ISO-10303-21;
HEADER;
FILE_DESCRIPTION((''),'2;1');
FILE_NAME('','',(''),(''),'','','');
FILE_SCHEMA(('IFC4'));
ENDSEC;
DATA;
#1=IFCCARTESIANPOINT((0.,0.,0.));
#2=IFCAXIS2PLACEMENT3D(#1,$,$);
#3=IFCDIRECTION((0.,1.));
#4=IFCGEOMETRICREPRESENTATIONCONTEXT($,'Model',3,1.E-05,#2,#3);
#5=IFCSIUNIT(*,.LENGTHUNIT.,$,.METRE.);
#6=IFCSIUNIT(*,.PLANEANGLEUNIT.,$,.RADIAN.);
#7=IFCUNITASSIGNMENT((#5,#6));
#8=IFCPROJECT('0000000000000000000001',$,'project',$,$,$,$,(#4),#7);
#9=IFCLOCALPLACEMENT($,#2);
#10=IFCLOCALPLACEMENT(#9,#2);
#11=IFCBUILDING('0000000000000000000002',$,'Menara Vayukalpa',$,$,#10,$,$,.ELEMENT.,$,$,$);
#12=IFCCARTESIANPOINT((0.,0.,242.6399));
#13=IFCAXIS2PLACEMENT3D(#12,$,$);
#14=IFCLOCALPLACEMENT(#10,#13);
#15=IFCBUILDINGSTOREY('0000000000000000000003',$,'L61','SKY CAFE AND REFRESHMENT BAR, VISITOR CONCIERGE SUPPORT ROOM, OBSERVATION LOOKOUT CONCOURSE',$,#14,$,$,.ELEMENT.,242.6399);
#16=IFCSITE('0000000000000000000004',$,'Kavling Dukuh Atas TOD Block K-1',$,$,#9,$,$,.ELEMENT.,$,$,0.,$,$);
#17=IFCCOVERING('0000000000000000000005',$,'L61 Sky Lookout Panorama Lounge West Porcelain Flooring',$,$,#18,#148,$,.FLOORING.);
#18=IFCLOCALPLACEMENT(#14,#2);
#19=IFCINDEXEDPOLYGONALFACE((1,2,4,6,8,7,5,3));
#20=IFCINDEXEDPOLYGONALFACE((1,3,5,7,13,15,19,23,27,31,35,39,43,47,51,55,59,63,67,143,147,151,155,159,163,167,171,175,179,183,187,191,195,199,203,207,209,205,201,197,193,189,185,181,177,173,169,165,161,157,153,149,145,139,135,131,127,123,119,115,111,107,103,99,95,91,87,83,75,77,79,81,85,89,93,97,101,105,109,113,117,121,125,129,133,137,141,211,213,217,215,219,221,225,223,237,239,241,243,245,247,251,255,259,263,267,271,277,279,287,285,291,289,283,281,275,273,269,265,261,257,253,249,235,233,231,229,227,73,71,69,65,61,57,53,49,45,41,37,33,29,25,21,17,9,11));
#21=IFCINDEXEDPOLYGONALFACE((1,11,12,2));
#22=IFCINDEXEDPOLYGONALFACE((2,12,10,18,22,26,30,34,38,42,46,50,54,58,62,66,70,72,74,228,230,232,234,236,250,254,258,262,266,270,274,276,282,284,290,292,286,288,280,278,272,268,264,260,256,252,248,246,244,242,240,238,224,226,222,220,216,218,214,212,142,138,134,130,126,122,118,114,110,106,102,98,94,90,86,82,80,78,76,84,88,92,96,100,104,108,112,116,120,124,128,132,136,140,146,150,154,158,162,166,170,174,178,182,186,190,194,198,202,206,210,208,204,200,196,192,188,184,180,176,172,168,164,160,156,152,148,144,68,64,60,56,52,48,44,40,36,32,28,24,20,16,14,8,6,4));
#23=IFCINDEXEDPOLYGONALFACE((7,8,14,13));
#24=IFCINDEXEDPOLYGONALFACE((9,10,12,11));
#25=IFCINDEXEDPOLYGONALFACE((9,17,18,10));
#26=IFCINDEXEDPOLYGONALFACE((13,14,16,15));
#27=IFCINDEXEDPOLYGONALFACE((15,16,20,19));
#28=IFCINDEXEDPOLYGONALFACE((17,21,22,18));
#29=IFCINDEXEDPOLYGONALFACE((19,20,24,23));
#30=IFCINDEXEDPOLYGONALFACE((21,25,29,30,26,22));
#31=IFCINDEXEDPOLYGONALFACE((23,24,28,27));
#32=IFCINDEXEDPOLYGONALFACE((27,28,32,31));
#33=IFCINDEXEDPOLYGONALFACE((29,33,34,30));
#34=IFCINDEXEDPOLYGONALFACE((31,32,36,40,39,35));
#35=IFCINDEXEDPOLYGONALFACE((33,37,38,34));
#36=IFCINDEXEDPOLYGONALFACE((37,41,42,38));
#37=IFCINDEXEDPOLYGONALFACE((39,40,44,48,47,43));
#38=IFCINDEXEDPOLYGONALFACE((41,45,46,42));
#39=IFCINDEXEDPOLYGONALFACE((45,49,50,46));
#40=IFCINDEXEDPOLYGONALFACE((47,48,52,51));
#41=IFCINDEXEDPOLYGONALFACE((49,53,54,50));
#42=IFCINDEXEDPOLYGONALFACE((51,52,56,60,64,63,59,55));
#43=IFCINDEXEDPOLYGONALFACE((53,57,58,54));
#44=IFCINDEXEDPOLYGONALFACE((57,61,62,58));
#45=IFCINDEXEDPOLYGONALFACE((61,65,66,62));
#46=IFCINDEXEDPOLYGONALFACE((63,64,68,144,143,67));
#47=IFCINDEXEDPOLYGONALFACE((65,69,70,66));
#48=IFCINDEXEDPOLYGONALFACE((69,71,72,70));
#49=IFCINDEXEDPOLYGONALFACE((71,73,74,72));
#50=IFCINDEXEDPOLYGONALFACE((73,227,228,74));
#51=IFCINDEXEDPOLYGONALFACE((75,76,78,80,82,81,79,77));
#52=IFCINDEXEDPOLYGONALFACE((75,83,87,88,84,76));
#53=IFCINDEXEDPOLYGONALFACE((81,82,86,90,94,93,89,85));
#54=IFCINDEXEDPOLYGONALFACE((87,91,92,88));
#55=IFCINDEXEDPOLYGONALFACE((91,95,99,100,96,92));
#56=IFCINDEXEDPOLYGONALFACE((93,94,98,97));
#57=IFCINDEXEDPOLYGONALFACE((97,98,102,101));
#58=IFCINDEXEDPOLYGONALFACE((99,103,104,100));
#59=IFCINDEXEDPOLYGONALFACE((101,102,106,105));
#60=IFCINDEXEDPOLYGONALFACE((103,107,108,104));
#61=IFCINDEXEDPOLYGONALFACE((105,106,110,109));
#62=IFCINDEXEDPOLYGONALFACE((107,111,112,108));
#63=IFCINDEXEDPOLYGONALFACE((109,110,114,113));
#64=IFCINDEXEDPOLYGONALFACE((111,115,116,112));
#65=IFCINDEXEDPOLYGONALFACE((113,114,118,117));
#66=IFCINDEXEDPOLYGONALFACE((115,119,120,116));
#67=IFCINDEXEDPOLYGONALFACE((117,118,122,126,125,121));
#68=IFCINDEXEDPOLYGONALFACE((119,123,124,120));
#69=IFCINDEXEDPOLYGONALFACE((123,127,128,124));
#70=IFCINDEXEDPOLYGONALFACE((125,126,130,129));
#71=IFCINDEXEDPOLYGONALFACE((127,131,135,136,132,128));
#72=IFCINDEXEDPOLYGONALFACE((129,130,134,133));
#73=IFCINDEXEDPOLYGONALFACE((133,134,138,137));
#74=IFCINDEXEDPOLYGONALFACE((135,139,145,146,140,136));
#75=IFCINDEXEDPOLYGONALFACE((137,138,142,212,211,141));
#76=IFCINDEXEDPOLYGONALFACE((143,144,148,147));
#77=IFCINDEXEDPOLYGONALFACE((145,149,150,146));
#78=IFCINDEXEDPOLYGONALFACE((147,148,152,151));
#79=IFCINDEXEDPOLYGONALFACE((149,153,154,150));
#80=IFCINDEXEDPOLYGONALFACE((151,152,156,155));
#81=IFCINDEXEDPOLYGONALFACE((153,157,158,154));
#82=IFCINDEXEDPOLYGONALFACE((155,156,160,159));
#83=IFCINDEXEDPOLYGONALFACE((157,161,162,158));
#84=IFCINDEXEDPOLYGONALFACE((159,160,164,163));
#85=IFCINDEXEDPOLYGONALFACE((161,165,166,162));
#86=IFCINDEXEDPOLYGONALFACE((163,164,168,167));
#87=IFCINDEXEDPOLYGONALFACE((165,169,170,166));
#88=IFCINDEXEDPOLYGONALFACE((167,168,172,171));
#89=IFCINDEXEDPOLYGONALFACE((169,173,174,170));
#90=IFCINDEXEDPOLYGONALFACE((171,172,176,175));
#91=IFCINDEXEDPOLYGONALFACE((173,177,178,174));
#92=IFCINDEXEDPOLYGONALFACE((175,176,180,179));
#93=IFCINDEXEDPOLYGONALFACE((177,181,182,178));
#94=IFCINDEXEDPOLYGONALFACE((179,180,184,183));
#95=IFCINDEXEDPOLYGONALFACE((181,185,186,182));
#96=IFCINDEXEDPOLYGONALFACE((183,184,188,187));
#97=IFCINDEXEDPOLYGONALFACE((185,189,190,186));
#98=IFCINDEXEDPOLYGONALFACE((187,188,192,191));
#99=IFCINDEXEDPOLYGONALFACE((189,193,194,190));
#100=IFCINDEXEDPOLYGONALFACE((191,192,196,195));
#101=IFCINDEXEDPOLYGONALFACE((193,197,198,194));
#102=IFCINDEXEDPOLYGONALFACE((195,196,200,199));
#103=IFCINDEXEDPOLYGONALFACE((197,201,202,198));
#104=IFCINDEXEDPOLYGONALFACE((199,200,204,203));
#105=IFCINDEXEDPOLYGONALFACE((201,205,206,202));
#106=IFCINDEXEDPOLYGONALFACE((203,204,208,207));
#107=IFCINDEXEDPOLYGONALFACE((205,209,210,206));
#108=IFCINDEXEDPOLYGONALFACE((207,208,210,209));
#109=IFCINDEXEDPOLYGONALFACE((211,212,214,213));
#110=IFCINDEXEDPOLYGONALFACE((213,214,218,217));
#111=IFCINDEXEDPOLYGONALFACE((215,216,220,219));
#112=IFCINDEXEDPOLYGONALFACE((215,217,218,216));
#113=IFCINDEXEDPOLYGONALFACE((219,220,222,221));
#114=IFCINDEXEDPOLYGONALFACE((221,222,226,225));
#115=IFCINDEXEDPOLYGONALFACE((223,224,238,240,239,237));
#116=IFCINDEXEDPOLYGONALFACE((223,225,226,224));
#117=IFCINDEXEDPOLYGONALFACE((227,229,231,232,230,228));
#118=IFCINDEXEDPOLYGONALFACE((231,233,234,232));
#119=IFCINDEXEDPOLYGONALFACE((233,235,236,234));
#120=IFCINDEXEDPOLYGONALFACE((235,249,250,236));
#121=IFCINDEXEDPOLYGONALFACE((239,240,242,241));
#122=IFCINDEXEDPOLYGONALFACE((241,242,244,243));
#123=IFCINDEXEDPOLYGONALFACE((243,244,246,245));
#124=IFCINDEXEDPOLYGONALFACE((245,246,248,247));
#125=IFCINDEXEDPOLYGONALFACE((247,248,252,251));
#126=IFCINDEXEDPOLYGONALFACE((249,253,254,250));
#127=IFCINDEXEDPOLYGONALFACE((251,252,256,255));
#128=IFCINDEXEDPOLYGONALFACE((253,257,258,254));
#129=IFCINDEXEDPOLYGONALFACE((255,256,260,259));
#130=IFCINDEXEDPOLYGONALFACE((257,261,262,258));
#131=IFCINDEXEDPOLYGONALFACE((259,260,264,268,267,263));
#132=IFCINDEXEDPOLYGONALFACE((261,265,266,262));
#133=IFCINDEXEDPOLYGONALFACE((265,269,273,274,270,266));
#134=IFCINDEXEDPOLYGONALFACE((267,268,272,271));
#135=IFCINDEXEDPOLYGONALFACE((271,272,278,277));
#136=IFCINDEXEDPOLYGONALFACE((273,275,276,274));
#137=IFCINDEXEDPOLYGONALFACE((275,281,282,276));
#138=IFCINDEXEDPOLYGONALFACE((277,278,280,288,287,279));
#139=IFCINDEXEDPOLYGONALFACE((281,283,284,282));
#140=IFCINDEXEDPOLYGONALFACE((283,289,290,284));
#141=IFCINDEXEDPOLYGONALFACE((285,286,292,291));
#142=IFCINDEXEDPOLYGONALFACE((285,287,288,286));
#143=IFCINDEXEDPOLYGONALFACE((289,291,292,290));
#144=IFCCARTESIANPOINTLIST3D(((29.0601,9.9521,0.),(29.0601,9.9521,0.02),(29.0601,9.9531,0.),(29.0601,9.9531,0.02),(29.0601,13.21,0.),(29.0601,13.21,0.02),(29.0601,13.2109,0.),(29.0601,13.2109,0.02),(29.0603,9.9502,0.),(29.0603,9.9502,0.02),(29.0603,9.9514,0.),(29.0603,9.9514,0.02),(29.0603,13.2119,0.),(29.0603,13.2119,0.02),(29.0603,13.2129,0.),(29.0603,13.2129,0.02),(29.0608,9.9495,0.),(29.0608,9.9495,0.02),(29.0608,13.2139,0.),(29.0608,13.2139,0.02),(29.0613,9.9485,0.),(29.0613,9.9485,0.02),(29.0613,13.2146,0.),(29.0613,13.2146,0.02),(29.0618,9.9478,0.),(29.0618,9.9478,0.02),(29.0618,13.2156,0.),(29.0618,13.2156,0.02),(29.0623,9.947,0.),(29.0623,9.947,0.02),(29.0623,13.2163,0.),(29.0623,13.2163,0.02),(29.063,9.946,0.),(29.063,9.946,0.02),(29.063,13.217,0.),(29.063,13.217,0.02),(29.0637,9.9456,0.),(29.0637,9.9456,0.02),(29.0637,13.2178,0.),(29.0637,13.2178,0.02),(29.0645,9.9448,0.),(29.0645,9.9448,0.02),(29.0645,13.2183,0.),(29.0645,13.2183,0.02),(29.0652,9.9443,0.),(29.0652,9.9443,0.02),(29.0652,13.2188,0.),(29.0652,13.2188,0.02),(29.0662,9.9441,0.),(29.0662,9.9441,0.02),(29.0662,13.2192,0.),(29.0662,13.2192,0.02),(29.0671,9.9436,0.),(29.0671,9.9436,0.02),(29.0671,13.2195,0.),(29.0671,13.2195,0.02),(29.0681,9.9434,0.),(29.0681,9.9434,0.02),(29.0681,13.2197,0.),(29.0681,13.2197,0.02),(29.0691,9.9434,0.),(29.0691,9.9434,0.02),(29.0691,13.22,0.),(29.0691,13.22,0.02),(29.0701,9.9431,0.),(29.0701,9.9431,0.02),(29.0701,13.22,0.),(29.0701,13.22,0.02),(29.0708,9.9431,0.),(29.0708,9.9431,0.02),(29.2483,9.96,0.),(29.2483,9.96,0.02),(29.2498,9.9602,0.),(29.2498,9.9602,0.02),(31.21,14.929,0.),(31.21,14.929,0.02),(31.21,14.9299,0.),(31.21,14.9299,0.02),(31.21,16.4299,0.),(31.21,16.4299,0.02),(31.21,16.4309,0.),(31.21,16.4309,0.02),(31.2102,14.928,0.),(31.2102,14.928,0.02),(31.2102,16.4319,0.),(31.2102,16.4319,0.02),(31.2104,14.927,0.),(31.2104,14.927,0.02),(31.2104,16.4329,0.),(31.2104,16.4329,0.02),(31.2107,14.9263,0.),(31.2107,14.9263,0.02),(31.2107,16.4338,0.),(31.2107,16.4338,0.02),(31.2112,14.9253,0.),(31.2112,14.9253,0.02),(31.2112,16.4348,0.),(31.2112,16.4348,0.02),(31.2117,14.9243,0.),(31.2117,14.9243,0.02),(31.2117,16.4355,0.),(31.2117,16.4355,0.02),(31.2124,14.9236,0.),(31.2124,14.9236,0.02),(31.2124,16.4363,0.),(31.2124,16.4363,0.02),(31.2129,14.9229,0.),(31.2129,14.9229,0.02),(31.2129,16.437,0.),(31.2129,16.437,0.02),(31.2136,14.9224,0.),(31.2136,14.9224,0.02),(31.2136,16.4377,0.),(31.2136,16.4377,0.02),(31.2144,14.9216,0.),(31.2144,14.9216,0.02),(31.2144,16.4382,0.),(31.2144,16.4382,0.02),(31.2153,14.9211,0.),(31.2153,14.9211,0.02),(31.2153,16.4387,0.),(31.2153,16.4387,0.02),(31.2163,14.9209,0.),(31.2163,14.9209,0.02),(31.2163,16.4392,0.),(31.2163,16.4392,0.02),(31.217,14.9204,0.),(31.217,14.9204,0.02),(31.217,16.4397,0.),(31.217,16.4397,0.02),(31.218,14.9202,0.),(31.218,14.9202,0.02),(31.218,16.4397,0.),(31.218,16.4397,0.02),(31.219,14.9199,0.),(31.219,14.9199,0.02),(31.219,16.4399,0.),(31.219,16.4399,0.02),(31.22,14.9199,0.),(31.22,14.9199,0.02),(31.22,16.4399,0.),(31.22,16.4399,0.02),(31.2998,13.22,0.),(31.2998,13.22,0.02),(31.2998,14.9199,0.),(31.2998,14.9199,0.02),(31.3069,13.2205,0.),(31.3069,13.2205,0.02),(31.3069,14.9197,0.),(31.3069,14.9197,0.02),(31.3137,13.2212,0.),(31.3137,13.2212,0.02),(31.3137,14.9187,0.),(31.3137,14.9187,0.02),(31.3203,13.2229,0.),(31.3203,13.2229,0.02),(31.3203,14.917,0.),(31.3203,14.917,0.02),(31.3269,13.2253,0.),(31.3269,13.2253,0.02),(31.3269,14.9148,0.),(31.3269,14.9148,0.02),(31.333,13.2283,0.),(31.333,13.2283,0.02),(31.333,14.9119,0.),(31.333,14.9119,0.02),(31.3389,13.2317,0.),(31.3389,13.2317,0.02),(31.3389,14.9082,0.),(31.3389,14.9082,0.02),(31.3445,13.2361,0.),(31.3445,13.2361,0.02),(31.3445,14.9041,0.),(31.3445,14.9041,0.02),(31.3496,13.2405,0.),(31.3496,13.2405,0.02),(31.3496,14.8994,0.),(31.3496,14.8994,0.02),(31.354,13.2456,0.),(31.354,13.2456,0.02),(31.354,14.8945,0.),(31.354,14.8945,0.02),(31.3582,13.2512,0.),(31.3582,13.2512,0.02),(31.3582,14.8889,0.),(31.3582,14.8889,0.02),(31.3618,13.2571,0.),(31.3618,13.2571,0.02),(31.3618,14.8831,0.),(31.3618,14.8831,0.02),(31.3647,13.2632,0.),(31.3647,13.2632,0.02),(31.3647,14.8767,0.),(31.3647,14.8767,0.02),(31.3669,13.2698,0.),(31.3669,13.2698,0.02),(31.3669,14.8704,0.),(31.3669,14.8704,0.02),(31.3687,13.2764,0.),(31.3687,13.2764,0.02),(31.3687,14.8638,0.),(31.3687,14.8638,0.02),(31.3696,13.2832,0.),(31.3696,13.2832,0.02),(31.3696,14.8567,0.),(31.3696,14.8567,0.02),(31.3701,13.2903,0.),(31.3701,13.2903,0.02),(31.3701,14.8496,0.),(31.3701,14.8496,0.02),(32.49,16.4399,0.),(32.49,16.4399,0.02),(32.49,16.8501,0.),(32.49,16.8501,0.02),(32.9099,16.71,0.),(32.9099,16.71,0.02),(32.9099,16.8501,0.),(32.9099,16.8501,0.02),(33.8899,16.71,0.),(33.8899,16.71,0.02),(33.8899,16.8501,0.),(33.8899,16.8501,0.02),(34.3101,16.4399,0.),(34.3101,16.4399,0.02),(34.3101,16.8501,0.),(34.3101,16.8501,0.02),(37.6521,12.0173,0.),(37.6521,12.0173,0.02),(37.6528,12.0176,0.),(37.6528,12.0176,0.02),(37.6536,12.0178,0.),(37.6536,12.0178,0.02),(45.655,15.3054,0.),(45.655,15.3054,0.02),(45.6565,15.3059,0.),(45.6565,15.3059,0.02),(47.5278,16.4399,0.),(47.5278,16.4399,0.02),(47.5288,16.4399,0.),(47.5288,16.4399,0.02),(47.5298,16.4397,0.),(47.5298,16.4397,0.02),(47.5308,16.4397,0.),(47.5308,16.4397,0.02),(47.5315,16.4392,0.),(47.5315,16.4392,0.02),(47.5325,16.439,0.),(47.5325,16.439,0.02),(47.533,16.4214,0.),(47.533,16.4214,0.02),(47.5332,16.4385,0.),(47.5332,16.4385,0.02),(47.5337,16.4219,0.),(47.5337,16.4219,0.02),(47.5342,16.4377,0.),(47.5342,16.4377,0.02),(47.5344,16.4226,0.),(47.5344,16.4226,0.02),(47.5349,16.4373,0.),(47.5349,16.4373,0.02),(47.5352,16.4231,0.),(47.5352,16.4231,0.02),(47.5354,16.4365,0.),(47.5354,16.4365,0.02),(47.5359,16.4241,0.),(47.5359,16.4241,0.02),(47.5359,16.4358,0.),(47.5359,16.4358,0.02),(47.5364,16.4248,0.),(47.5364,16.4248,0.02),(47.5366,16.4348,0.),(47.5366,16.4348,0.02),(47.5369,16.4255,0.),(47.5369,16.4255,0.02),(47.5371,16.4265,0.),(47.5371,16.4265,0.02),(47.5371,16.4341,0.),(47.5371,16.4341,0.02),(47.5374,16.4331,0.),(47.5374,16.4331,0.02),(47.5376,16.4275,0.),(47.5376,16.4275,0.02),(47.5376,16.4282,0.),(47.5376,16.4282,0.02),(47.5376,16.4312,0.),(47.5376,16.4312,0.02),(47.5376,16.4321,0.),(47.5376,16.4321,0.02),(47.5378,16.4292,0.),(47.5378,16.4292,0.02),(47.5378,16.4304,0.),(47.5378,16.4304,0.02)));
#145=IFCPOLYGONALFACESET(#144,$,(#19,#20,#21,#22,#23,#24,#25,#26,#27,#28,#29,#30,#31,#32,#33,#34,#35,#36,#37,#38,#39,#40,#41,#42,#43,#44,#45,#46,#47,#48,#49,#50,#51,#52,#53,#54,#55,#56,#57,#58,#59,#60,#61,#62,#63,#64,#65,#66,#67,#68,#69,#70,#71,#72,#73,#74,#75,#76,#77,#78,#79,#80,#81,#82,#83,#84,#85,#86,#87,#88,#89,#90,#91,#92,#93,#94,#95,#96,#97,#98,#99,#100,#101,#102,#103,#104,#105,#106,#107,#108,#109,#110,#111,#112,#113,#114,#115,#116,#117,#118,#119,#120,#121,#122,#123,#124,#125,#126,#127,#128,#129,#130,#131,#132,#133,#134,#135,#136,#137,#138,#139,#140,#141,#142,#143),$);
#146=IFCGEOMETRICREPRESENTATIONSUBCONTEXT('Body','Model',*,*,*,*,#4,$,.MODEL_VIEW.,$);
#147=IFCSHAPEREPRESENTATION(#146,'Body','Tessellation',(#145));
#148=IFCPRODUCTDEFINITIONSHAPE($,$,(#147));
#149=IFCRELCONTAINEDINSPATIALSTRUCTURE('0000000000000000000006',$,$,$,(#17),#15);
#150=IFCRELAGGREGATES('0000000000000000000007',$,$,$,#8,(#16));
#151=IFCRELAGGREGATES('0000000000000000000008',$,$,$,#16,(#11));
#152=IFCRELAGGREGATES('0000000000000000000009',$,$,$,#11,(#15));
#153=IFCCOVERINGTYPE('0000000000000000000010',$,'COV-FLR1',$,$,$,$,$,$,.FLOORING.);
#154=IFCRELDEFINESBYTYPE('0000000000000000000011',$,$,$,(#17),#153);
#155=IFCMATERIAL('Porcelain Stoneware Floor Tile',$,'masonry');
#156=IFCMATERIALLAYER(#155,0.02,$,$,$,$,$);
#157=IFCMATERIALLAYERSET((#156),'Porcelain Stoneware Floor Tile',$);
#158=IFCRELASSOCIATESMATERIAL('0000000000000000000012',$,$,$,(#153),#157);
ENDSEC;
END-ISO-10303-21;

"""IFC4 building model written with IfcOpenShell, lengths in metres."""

from ifc_helpers import new_model, si_unit, direction, frame, origin, place, context, subcontext, project, spatial, polyline, outline, extrude, material, layer, layer_set, type_object, element, save


model = new_model("IFC4")

# Units and contexts
model_context = context("Model", 3, precision=1e-05, world=origin(), true_north=direction((0.0, 1.0)))
body_context = subcontext(model_context, "Body", "Model", "MODEL_VIEW")
ifc_project = project(units=[si_unit("LENGTHUNIT", "METRE"), si_unit("PLANEANGLEUNIT", "RADIAN")], contexts=[model_context])

# Site, building, storey
site_placement = place(None, origin())
site = spatial("IfcSite", under=ifc_project, at=site_placement, Name="Kavling Dukuh Atas TOD Block K-1", CompositionType="ELEMENT", RefElevation=0.0)
building_placement = place(site_placement, origin())
building = spatial("IfcBuilding", under=site, at=building_placement, Name="Menara Vayukalpa", CompositionType="ELEMENT")
storey_placement = place(building_placement, frame((0.0, 0.0, 242.6399)))
storey = spatial("IfcBuildingStorey", under=building, at=storey_placement, Name="L61", Description="SKY CAFE AND REFRESHMENT BAR, VISITOR CONCIERGE SUPPORT ROOM, OBSERVATION LOOKOUT CONCOURSE", CompositionType="ELEMENT", Elevation=242.6399)

# Covering
ifc_material_1 = material(Name="Porcelain Stoneware Floor Tile", Category="masonry")
ifc_layer_1 = layer(ifc_material_1, 0.02)
ifc_layer_set_1 = layer_set([ifc_layer_1], Name="Porcelain Stoneware Floor Tile")
covering_type_1 = type_object("IfcCoveringType", Name="COV-FLR1", PredefinedType="FLOORING", material=ifc_layer_set_1)
covering_1_placement = place(storey_placement, origin())
element("IfcCovering", 1, at=covering_1_placement, inside=storey, type_object=covering_type_1, Name="L61 Sky Lookout Panorama Lounge West Porcelain Flooring", PredefinedType="FLOORING", context=body_context, shape_type="SweptSolid", body=[
    extrude(outline(polyline([(37.6521, 12.0173), (29.2498, 9.9602), (29.2483, 9.96), (29.0708, 9.9431), (29.0701, 9.9431), (29.0691, 9.9434), (29.0681, 9.9434), (29.0671, 9.9436), (29.0662, 9.9441), (29.0652, 9.9443), (29.0645, 9.9448), (29.0637, 9.9456), (29.063, 9.946), (29.0623, 9.947), (29.0618, 9.9478), (29.0613, 9.9485), (29.0608, 9.9495), (29.0603, 9.9502), (29.0603, 9.9514), (29.0601, 9.9521), (29.0601, 9.9531), (29.0601, 13.21), (29.0601, 13.2109), (29.0603, 13.2119), (29.0603, 13.2129), (29.0608, 13.2139), (29.0613, 13.2146), (29.0618, 13.2156), (29.0623, 13.2163), (29.063, 13.217), (29.0637, 13.2178), (29.0645, 13.2183), (29.0652, 13.2188), (29.0662, 13.2192), (29.0671, 13.2195), (29.0681, 13.2197), (29.0691, 13.22), (29.0701, 13.22), (31.2998, 13.22), (31.3069, 13.2205), (31.3137, 13.2212), (31.3203, 13.2229), (31.3269, 13.2253), (31.333, 13.2283), (31.3389, 13.2317), (31.3445, 13.2361), (31.3496, 13.2405), (31.354, 13.2456), (31.3582, 13.2512), (31.3618, 13.2571), (31.3647, 13.2632), (31.3669, 13.2698), (31.3687, 13.2764), (31.3696, 13.2832), (31.3701, 13.2903), (31.3701, 14.8496), (31.3696, 14.8567), (31.3687, 14.8638), (31.3669, 14.8704), (31.3647, 14.8767), (31.3618, 14.8831), (31.3582, 14.8889), (31.354, 14.8945), (31.3496, 14.8994), (31.3445, 14.9041), (31.3389, 14.9082), (31.333, 14.9119), (31.3269, 14.9148), (31.3203, 14.917), (31.3137, 14.9187), (31.3069, 14.9197), (31.2998, 14.9199), (31.22, 14.9199), (31.219, 14.9199), (31.218, 14.9202), (31.217, 14.9204), (31.2163, 14.9209), (31.2153, 14.9211), (31.2144, 14.9216), (31.2136, 14.9224), (31.2129, 14.9229), (31.2124, 14.9236), (31.2117, 14.9243), (31.2112, 14.9253), (31.2107, 14.9263), (31.2104, 14.927), (31.2102, 14.928), (31.21, 14.929), (31.21, 14.9299), (31.21, 16.4299), (31.21, 16.4309), (31.2102, 16.4319), (31.2104, 16.4329), (31.2107, 16.4338), (31.2112, 16.4348), (31.2117, 16.4355), (31.2124, 16.4363), (31.2129, 16.437), (31.2136, 16.4377), (31.2144, 16.4382), (31.2153, 16.4387), (31.2163, 16.4392), (31.217, 16.4397), (31.218, 16.4397), (31.219, 16.4399), (31.22, 16.4399), (32.49, 16.4399), (32.49, 16.8501), (32.9099, 16.8501), (32.9099, 16.71), (33.8899, 16.71), (33.8899, 16.8501), (34.3101, 16.8501), (34.3101, 16.4399), (47.5278, 16.4399), (47.5288, 16.4399), (47.5298, 16.4397), (47.5308, 16.4397), (47.5315, 16.4392), (47.5325, 16.439), (47.5332, 16.4385), (47.5342, 16.4377), (47.5349, 16.4373), (47.5354, 16.4365), (47.5359, 16.4358), (47.5366, 16.4348), (47.5371, 16.4341), (47.5374, 16.4331), (47.5376, 16.4321), (47.5376, 16.4312), (47.5378, 16.4304), (47.5378, 16.4292), (47.5376, 16.4282), (47.5376, 16.4275), (47.5371, 16.4265), (47.5369, 16.4255), (47.5364, 16.4248), (47.5359, 16.4241), (47.5352, 16.4231), (47.5344, 16.4226), (47.5337, 16.4219), (47.533, 16.4214), (45.6565, 15.3059), (45.655, 15.3054), (37.6536, 12.0178), (37.6528, 12.0176), (37.6521, 12.0173)])), origin(), (0.0, 0.0, 1.0), 0.02),
])

save(model, "model.ifc")
